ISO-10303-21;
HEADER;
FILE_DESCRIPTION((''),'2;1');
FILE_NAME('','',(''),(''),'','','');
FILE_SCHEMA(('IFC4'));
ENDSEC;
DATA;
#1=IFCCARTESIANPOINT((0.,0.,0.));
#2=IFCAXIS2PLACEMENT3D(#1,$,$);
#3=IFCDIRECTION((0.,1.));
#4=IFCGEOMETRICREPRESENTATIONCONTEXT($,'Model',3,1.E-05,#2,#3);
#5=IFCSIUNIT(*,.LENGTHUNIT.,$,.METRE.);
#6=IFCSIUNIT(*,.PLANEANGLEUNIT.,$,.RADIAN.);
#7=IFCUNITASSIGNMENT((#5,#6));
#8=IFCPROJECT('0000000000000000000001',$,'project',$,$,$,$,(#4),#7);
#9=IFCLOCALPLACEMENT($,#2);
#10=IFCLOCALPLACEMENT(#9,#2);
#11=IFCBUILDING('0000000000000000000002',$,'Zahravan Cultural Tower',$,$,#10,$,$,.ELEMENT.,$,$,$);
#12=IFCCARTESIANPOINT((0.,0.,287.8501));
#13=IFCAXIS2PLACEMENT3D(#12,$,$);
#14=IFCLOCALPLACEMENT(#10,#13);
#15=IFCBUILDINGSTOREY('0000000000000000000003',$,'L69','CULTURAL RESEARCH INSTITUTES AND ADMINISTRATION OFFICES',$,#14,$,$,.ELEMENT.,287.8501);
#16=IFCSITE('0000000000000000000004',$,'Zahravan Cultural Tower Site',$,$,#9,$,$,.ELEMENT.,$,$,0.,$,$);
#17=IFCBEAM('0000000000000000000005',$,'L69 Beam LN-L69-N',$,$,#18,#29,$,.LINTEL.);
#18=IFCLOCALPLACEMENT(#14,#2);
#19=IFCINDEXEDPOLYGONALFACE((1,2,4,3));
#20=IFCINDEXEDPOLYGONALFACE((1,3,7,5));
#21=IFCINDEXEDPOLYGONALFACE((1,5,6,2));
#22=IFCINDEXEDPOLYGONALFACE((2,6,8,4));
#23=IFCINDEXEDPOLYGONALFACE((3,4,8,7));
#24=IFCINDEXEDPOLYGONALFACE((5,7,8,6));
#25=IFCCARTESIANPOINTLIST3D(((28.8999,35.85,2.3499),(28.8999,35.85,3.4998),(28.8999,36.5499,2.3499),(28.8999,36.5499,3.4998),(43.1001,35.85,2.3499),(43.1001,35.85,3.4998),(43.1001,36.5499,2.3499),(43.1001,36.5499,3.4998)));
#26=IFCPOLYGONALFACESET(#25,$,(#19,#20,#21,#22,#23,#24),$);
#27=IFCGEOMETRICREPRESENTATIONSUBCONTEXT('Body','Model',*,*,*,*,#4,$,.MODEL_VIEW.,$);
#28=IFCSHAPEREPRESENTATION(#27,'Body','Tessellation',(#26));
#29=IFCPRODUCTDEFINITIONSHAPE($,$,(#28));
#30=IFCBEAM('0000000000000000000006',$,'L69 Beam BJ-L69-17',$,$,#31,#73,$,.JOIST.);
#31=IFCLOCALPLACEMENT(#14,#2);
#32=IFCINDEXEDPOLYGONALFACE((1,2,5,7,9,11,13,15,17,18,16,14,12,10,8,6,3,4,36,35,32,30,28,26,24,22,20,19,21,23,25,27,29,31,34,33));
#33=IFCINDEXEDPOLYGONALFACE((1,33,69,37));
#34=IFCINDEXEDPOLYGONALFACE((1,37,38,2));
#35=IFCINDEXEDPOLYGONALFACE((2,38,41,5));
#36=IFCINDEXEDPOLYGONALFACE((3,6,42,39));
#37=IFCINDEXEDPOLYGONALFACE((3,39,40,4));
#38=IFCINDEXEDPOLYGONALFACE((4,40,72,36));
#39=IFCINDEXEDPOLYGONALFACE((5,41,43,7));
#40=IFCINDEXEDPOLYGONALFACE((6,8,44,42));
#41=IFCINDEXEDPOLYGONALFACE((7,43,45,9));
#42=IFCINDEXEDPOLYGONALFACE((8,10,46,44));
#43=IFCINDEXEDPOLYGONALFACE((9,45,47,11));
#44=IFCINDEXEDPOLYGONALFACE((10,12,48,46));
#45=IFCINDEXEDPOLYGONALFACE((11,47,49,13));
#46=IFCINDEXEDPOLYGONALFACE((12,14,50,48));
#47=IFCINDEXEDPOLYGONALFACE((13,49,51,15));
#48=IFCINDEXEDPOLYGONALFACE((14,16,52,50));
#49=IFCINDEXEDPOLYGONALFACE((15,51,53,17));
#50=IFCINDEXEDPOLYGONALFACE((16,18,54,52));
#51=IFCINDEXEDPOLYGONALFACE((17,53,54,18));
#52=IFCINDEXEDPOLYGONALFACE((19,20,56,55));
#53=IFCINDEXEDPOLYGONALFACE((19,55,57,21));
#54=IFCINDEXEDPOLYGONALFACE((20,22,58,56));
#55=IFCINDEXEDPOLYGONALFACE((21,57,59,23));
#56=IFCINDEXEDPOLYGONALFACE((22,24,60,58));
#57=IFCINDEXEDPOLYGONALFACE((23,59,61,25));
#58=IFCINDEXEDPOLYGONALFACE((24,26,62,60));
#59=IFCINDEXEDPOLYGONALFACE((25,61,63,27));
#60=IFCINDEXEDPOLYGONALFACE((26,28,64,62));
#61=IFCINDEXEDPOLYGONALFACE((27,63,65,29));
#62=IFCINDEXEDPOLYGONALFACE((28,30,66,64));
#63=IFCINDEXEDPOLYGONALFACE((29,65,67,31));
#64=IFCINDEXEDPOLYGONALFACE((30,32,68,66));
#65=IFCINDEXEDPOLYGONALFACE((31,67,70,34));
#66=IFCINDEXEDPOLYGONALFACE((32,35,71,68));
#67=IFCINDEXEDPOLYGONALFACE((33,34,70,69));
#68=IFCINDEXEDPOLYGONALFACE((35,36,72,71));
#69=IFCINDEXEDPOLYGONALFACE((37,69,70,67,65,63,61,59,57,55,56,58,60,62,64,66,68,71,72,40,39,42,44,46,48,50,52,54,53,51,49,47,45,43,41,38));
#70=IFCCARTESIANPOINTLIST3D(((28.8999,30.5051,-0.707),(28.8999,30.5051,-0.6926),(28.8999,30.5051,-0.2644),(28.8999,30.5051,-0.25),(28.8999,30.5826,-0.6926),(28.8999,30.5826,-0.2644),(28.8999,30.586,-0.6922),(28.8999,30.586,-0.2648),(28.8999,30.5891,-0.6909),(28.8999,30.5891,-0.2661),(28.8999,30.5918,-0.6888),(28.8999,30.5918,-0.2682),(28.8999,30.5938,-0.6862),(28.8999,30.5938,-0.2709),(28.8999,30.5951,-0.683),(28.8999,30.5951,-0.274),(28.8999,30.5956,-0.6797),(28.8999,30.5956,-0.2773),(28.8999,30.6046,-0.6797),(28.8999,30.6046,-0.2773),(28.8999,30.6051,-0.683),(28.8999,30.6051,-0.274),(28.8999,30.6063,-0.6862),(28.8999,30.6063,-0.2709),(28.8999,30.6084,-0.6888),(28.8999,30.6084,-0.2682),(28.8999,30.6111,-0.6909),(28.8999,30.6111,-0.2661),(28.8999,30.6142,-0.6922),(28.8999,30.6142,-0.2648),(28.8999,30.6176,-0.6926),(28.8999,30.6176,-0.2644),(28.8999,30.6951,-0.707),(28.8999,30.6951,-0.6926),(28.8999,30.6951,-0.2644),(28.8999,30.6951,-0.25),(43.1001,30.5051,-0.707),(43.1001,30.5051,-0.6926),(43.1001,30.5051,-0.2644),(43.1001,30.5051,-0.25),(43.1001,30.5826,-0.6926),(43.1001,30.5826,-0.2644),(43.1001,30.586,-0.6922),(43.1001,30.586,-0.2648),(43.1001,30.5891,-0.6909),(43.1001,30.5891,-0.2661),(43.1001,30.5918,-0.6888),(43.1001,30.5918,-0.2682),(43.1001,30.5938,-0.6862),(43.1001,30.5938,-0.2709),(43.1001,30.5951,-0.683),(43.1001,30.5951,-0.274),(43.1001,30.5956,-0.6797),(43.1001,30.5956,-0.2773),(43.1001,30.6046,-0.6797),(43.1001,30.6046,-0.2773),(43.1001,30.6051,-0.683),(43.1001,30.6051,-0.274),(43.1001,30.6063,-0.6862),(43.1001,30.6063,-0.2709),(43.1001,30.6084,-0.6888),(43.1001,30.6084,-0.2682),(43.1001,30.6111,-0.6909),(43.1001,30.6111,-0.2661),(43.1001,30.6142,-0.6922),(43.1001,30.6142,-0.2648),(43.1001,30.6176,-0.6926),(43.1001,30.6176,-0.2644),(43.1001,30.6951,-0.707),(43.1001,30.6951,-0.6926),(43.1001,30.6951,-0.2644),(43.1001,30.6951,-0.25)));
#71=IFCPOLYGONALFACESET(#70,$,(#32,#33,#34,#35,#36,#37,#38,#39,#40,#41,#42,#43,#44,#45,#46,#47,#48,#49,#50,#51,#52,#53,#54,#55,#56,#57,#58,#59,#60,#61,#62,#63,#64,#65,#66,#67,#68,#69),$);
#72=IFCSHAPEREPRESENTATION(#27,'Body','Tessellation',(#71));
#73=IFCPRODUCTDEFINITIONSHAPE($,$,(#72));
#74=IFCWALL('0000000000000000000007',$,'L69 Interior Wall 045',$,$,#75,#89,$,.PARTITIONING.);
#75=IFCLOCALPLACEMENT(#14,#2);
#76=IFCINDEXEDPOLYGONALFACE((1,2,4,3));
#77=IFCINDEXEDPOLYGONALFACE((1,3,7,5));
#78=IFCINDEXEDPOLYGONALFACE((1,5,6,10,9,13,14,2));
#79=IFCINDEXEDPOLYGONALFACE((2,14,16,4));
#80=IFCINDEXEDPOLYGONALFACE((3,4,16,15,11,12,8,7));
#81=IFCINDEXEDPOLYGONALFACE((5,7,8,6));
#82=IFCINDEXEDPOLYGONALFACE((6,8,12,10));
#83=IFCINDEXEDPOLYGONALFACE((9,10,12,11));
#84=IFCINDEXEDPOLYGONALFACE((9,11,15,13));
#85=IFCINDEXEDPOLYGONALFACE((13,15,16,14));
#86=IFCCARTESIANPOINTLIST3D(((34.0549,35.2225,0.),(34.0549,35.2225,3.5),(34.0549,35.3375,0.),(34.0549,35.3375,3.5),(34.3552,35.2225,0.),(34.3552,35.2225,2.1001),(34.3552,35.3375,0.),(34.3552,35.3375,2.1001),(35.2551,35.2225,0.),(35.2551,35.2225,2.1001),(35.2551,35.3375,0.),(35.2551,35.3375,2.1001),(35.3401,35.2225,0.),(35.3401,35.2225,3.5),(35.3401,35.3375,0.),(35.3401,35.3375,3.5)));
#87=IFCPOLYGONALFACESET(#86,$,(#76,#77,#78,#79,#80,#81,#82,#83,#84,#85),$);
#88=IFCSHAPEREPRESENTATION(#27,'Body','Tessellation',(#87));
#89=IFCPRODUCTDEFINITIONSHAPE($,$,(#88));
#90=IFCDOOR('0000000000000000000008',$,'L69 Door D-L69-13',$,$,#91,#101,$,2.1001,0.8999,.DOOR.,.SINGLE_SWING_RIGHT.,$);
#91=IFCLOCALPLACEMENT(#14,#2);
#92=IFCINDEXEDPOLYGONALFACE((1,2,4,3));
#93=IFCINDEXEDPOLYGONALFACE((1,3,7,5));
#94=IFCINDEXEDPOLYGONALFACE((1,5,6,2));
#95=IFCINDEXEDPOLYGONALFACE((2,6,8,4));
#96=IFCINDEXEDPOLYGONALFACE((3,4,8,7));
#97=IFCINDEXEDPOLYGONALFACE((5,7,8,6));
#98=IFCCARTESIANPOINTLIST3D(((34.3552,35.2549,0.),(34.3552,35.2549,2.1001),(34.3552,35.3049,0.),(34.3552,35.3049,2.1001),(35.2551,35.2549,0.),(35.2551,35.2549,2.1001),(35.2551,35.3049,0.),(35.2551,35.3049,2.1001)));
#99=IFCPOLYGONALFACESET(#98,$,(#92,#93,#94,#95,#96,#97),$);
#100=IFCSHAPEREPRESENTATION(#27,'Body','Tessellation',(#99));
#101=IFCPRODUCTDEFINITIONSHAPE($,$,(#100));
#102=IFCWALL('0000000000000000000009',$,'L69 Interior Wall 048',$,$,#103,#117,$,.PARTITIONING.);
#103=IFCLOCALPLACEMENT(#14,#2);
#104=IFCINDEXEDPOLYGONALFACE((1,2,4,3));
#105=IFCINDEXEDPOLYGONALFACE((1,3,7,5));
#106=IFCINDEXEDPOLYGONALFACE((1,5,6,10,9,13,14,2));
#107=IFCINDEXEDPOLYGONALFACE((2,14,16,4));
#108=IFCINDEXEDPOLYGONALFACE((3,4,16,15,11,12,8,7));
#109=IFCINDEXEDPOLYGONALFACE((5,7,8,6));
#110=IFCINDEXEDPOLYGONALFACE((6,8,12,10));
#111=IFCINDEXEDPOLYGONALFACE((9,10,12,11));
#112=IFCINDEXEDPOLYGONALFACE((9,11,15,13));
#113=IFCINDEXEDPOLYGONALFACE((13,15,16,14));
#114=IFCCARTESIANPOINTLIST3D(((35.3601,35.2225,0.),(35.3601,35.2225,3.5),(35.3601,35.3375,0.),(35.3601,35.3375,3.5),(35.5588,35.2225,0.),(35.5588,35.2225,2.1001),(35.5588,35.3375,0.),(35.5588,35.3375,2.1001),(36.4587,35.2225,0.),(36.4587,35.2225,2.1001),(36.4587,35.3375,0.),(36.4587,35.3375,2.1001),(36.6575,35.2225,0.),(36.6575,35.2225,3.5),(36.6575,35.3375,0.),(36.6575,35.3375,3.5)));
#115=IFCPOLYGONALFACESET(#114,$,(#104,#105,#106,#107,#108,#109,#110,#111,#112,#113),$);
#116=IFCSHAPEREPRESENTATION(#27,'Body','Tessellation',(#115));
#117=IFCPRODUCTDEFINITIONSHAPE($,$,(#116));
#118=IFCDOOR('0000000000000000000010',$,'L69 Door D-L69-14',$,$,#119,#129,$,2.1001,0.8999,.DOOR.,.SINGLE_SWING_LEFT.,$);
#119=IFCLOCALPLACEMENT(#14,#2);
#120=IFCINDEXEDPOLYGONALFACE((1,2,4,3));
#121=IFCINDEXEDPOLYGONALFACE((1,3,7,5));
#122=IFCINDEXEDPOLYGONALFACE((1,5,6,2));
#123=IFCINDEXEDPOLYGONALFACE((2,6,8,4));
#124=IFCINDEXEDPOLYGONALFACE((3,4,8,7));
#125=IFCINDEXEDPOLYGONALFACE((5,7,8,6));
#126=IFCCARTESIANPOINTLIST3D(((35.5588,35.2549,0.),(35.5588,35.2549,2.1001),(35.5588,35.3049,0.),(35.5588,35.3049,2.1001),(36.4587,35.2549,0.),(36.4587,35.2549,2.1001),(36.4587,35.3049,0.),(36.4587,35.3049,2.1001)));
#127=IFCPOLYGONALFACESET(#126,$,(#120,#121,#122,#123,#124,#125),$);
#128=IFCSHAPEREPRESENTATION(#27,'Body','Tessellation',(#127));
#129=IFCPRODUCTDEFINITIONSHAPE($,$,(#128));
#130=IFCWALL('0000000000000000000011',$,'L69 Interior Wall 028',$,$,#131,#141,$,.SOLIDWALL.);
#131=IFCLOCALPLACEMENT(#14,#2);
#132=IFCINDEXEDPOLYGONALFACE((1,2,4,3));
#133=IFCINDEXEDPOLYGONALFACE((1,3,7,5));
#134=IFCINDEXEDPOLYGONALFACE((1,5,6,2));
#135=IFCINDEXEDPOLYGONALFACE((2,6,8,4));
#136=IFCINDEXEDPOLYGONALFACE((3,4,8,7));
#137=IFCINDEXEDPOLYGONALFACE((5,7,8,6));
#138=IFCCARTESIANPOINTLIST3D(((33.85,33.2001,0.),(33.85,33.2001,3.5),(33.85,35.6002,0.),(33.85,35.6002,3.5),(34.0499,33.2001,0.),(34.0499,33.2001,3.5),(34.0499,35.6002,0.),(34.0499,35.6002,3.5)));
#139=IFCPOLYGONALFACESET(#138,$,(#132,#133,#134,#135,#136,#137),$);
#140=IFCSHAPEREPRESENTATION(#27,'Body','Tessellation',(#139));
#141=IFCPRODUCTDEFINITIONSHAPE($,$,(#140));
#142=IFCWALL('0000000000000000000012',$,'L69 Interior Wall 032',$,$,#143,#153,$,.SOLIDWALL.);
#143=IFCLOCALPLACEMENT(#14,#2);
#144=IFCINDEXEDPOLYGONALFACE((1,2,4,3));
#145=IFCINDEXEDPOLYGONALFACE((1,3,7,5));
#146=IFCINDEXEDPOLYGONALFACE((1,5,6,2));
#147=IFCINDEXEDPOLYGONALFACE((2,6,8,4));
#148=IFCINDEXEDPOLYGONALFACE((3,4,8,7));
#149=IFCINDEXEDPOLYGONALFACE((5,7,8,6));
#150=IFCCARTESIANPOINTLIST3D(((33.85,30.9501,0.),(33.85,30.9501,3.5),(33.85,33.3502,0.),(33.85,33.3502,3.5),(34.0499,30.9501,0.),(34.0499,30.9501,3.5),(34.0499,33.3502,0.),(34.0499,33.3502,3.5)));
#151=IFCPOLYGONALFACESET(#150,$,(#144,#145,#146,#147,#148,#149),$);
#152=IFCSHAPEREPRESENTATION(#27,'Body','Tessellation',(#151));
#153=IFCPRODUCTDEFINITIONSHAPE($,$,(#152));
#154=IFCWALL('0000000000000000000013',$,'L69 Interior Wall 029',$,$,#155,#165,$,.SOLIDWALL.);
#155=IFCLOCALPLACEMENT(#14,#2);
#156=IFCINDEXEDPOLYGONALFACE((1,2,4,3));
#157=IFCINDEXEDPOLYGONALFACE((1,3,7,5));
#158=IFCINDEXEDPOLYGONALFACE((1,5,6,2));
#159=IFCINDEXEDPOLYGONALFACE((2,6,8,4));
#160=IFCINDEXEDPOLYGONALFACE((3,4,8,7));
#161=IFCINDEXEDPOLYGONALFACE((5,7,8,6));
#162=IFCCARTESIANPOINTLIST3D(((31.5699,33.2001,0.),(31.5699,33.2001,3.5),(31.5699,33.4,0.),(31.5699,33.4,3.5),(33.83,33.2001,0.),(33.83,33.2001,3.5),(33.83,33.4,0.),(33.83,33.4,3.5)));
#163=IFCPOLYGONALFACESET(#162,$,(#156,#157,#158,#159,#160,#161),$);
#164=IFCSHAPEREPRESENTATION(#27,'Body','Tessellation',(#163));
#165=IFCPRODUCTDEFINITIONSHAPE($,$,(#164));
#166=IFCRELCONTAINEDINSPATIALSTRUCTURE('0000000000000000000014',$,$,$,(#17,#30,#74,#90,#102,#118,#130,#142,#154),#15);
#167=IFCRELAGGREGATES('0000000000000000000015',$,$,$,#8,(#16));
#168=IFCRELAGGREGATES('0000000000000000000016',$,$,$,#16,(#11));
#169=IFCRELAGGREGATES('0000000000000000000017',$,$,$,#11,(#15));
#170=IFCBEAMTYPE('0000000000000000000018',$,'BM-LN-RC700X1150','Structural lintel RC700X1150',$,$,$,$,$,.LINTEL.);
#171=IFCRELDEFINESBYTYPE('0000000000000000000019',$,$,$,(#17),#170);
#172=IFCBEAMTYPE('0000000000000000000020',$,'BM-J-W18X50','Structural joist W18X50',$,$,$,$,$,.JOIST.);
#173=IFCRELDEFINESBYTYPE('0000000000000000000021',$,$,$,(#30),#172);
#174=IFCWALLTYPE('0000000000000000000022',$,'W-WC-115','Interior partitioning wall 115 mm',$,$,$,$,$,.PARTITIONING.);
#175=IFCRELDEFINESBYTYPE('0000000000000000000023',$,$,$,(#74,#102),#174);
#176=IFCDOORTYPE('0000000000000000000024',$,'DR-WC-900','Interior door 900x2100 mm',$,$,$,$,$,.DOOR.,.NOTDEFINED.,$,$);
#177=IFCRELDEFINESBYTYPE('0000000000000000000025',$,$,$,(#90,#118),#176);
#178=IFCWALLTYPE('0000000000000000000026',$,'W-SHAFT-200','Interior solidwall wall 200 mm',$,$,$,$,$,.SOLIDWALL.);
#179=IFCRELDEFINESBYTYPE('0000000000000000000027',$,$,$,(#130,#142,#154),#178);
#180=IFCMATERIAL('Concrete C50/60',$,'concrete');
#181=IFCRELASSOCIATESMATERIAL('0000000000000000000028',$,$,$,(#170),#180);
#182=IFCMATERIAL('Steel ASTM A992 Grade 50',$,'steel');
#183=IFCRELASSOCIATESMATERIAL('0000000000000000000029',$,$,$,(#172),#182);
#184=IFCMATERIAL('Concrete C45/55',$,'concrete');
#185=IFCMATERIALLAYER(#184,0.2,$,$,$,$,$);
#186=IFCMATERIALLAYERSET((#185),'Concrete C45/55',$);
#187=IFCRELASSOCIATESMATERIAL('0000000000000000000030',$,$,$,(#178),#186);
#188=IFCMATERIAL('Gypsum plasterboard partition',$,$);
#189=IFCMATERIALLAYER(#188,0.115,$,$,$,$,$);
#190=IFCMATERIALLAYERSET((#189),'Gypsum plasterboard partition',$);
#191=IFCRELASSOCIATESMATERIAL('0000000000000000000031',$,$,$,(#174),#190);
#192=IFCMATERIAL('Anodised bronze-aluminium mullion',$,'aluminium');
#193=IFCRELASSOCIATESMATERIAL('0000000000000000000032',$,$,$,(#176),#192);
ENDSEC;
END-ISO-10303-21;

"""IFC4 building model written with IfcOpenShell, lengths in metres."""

from ifc_helpers import new_model, si_unit, direction, frame, frame_2d, origin, origin_2d, place, context, subcontext, project, spatial, rectangle, i_section, extrude, source, transform, mapped, material, layer, layer_set, material_profile, profile_set, type_object, element, fill, save


model = new_model("IFC4")

# Units and contexts
model_context = context("Model", 3, precision=1e-05, world=origin(), true_north=direction((0.0, 1.0)))
body_context = subcontext(model_context, "Body", "Model", "MODEL_VIEW")
ifc_project = project(units=[si_unit("LENGTHUNIT", "METRE"), si_unit("PLANEANGLEUNIT", "RADIAN")], contexts=[model_context])

# Site, building, storey
site_placement = place(None, origin())
site = spatial("IfcSite", under=ifc_project, at=site_placement, Name="Zahravan Cultural Tower Site", CompositionType="ELEMENT", RefElevation=0.0)
building_placement = place(site_placement, origin())
building = spatial("IfcBuilding", under=site, at=building_placement, Name="Zahravan Cultural Tower", CompositionType="ELEMENT")
storey_placement = place(building_placement, frame((0.0, 0.0, 287.8501)))
storey = spatial("IfcBuildingStorey", under=building, at=storey_placement, Name="L69", Description="CULTURAL RESEARCH INSTITUTES AND ADMINISTRATION OFFICES", CompositionType="ELEMENT", Elevation=287.8501)

# Beams
ifc_material_1 = material(Name="Concrete C50/60", Category="concrete")
ifc_material_profile_1 = material_profile(ifc_material_1, rectangle(XDim=0.7, YDim=1.1499, at=origin_2d()), Name="RC700X1150")
ifc_profile_set_1 = profile_set([ifc_material_profile_1], Name="Concrete C50/60")
beam_type_1 = type_object("IfcBeamType", Name="BM-LN-RC700X1150", Description="Structural lintel RC700X1150", PredefinedType="LINTEL", material=ifc_profile_set_1)
shared_shape_1 = source(origin(), body_context, "Body", "SweptSolid", [
    extrude(rectangle(XDim=0.7, YDim=1.1499, at=origin_2d()), origin(), (0.0, 0.0, 1.0), 14.2002),
])
beam_1_placement = place(storey_placement, frame((28.8999, 36.2, 2.9248), z_axis=(1.0, 0.0, 0.0), x_axis=(0.0, 1.0, 0.0)))
element("IfcBeam", 1, at=beam_1_placement, inside=storey, type_object=beam_type_1, Name="L69 Beam LN-L69-N", PredefinedType="LINTEL", context=body_context, shape_type="MappedRepresentation", body=[
    mapped(shared_shape_1, transform((0.0, 0.0, 0.0), x_axis=(1.0, 0.0, 0.0), y_axis=(0.0, 1.0, 0.0), z_axis=(0.0, 0.0, 1.0), scale=1.0)),
])
ifc_material_2 = material(Name="Steel ASTM A992 Grade 50", Category="steel")
ifc_material_profile_2 = material_profile(ifc_material_2, i_section(OverallWidth=0.1899, OverallDepth=0.457, WebThickness=0.009, FlangeThickness=0.0144, FilletRadius=0.0129, at=origin_2d()), Name="W18X50")
ifc_profile_set_2 = profile_set([ifc_material_profile_2], Name="Steel ASTM A992 Grade 50")
beam_type_2 = type_object("IfcBeamType", Name="BM-J-W18X50", Description="Structural joist W18X50", PredefinedType="JOIST", material=ifc_profile_set_2)
shared_shape_2 = source(origin(), body_context, "Body", "SweptSolid", [
    extrude(i_section(OverallWidth=0.1899, OverallDepth=0.457, WebThickness=0.009, FlangeThickness=0.0144, FilletRadius=0.0129, at=origin_2d()), origin(), (0.0, 0.0, 1.0), 14.2002),
])
beam_2_placement = place(storey_placement, frame((28.8999, 30.6001, -0.4785), z_axis=(1.0, 0.0, 0.0), x_axis=(0.0, 1.0, 0.0)))
element("IfcBeam", 2, at=beam_2_placement, inside=storey, type_object=beam_type_2, Name="L69 Beam BJ-L69-17", PredefinedType="JOIST", context=body_context, shape_type="MappedRepresentation", body=[
    mapped(shared_shape_2, transform((0.0, 0.0, 0.0), x_axis=(1.0, 0.0, 0.0), y_axis=(0.0, 1.0, 0.0), z_axis=(0.0, 0.0, 1.0), scale=1.0)),
])

# Walls, openings, doors
ifc_material_3 = material(Name="Concrete C45/55", Category="concrete")
ifc_layer_1 = layer(ifc_material_3, 0.2)
ifc_layer_set_1 = layer_set([ifc_layer_1], Name="Concrete C45/55")
wall_type_1 = type_object("IfcWallType", Name="W-SHAFT-200", Description="Interior solidwall wall 200 mm", PredefinedType="SOLIDWALL", material=ifc_layer_set_1)
ifc_material_4 = material(Name="Gypsum plasterboard partition")
ifc_layer_2 = layer(ifc_material_4, 0.115)
ifc_layer_set_2 = layer_set([ifc_layer_2], Name="Gypsum plasterboard partition")
wall_type_2 = type_object("IfcWallType", Name="W-WC-115", Description="Interior partitioning wall 115 mm", PredefinedType="PARTITIONING", material=ifc_layer_set_2)
wall_1_placement = place(storey_placement, frame((34.0549, 35.28, 0.0), z_axis=(0.0, 0.0, 1.0), x_axis=(1.0, 0.0, 0.0)))
wall_1 = element("IfcWall", 3, at=wall_1_placement, inside=storey, type_object=wall_type_2, Name="L69 Interior Wall 045", PredefinedType="PARTITIONING", context=body_context, shape_type="SweptSolid", body=[
    extrude(rectangle(XDim=1.2852, YDim=0.115, at=frame_2d((0.6426, 0.0))), origin(), (0.0, 0.0, 1.0), 3.5),
])
opening_1_placement = place(wall_1_placement, frame((0.3003, 0.0, 0.0)))
opening_1 = element("IfcOpeningElement", 4, at=opening_1_placement, cuts=wall_1, PredefinedType="OPENING", context=body_context, shape_type="SweptSolid", body=[
    extrude(rectangle(XDim=0.8999, YDim=2.1001, at=frame_2d((0.45, 1.05))), frame((0.0, 0.0674, 0.0), z_axis=(0.0, -1.0, 0.0), x_axis=(1.0, 0.0, 0.0)), (0.0, 0.0, 1.0), 0.135),
])
ifc_material_5 = material(Name="Anodised bronze-aluminium mullion", Category="aluminium")
door_type_1 = type_object("IfcDoorType", Name="DR-WC-900", Description="Interior door 900x2100 mm", OperationType="NOTDEFINED", PredefinedType="DOOR", material=ifc_material_5)
shared_shape_3 = source(origin(), body_context, "Body", "SweptSolid", [
    extrude(rectangle(XDim=0.8999, YDim=2.1001, at=frame_2d((0.45, 1.05))), frame((0.0, 0.0249, 0.0), z_axis=(0.0, -1.0, 0.0), x_axis=(1.0, 0.0, 0.0)), (0.0, 0.0, 1.0), 0.05),
])
door_1_placement = place(opening_1_placement, origin())
door_1 = element("IfcDoor", 5, at=door_1_placement, inside=storey, type_object=door_type_1, Name="L69 Door D-L69-13", OperationType="SINGLE_SWING_RIGHT", OverallHeight=2.1001, OverallWidth=0.8999, PredefinedType="DOOR", context=body_context, shape_type="MappedRepresentation", body=[
    mapped(shared_shape_3, transform((0.0, 0.0, 0.0), x_axis=(1.0, 0.0, 0.0), y_axis=(0.0, 1.0, 0.0), z_axis=(0.0, 0.0, 1.0), scale=1.0)),
])
fill(opening_1, door_1)
wall_2_placement = place(storey_placement, frame((35.3601, 35.28, 0.0), z_axis=(0.0, 0.0, 1.0), x_axis=(1.0, 0.0, 0.0)))
wall_2 = element("IfcWall", 6, at=wall_2_placement, inside=storey, type_object=wall_type_2, Name="L69 Interior Wall 048", PredefinedType="PARTITIONING", context=body_context, shape_type="SweptSolid", body=[
    extrude(rectangle(XDim=1.2974, YDim=0.115, at=frame_2d((0.6487, 0.0))), origin(), (0.0, 0.0, 1.0), 3.5),
])
opening_2_placement = place(wall_2_placement, frame((0.1987, 0.0, 0.0)))
opening_2 = element("IfcOpeningElement", 7, at=opening_2_placement, cuts=wall_2, PredefinedType="OPENING", context=body_context, shape_type="SweptSolid", body=[
    extrude(rectangle(XDim=0.8999, YDim=2.1001, at=frame_2d((0.45, 1.05))), frame((0.0, 0.0674, 0.0), z_axis=(0.0, -1.0, 0.0), x_axis=(1.0, 0.0, 0.0)), (0.0, 0.0, 1.0), 0.135),
])
door_2_placement = place(opening_2_placement, origin())
door_2 = element("IfcDoor", 8, at=door_2_placement, inside=storey, type_object=door_type_1, Name="L69 Door D-L69-14", OperationType="SINGLE_SWING_LEFT", OverallHeight=2.1001, OverallWidth=0.8999, PredefinedType="DOOR", context=body_context, shape_type="MappedRepresentation", body=[
    mapped(shared_shape_3, transform((0.0, 0.0, 0.0), x_axis=(1.0, 0.0, 0.0), y_axis=(0.0, 1.0, 0.0), z_axis=(0.0, 0.0, 1.0), scale=1.0)),
])
fill(opening_2, door_2)

# Walls
shared_shape_4 = source(origin(), body_context, "Body", "SweptSolid", [
    extrude(rectangle(XDim=2.4001, YDim=0.2, at=frame_2d((1.2002, 0.0))), origin(), (0.0, 0.0, 1.0), 3.5),
])
for number, where, z_axis, x_axis, name in (
    (9, (33.95, 33.2, 0.0), (0.0, 0.0, 1.0), (0.0, 1.0, 0.0), "L69 Interior Wall 028"),
    (10, (33.95, 30.95, 0.0), (0.0, 0.0, 1.0), (0.0, 1.0, 0.0), "L69 Interior Wall 032"),
):
    element("IfcWall", number, at=place(storey_placement, frame(where, z_axis=z_axis, x_axis=x_axis)), inside=storey, type_object=wall_type_1, Name=name, PredefinedType="SOLIDWALL", context=body_context, shape_type="MappedRepresentation", body=[
        mapped(shared_shape_4, transform((0.0, 0.0, 0.0), x_axis=(1.0, 0.0, 0.0), y_axis=(0.0, 1.0, 0.0), z_axis=(0.0, 0.0, 1.0), scale=1.0)),
    ])
shared_shape_5 = source(origin(), body_context, "Body", "SweptSolid", [
    extrude(rectangle(XDim=2.26, YDim=0.2, at=frame_2d((1.1299, 0.0))), origin(), (0.0, 0.0, 1.0), 3.5),
])
for number, where, z_axis, x_axis, name in (
    (11, (31.5701, 33.3, 0.0), (0.0, 0.0, 1.0), (1.0, 0.0, 0.0), "L69 Interior Wall 029"),
):
    element("IfcWall", number, at=place(storey_placement, frame(where, z_axis=z_axis, x_axis=x_axis)), inside=storey, type_object=wall_type_1, Name=name, PredefinedType="SOLIDWALL", context=body_context, shape_type="MappedRepresentation", body=[
        mapped(shared_shape_5, transform((0.0, 0.0, 0.0), x_axis=(1.0, 0.0, 0.0), y_axis=(0.0, 1.0, 0.0), z_axis=(0.0, 0.0, 1.0), scale=1.0)),
    ])

save(model, "model.ifc")
